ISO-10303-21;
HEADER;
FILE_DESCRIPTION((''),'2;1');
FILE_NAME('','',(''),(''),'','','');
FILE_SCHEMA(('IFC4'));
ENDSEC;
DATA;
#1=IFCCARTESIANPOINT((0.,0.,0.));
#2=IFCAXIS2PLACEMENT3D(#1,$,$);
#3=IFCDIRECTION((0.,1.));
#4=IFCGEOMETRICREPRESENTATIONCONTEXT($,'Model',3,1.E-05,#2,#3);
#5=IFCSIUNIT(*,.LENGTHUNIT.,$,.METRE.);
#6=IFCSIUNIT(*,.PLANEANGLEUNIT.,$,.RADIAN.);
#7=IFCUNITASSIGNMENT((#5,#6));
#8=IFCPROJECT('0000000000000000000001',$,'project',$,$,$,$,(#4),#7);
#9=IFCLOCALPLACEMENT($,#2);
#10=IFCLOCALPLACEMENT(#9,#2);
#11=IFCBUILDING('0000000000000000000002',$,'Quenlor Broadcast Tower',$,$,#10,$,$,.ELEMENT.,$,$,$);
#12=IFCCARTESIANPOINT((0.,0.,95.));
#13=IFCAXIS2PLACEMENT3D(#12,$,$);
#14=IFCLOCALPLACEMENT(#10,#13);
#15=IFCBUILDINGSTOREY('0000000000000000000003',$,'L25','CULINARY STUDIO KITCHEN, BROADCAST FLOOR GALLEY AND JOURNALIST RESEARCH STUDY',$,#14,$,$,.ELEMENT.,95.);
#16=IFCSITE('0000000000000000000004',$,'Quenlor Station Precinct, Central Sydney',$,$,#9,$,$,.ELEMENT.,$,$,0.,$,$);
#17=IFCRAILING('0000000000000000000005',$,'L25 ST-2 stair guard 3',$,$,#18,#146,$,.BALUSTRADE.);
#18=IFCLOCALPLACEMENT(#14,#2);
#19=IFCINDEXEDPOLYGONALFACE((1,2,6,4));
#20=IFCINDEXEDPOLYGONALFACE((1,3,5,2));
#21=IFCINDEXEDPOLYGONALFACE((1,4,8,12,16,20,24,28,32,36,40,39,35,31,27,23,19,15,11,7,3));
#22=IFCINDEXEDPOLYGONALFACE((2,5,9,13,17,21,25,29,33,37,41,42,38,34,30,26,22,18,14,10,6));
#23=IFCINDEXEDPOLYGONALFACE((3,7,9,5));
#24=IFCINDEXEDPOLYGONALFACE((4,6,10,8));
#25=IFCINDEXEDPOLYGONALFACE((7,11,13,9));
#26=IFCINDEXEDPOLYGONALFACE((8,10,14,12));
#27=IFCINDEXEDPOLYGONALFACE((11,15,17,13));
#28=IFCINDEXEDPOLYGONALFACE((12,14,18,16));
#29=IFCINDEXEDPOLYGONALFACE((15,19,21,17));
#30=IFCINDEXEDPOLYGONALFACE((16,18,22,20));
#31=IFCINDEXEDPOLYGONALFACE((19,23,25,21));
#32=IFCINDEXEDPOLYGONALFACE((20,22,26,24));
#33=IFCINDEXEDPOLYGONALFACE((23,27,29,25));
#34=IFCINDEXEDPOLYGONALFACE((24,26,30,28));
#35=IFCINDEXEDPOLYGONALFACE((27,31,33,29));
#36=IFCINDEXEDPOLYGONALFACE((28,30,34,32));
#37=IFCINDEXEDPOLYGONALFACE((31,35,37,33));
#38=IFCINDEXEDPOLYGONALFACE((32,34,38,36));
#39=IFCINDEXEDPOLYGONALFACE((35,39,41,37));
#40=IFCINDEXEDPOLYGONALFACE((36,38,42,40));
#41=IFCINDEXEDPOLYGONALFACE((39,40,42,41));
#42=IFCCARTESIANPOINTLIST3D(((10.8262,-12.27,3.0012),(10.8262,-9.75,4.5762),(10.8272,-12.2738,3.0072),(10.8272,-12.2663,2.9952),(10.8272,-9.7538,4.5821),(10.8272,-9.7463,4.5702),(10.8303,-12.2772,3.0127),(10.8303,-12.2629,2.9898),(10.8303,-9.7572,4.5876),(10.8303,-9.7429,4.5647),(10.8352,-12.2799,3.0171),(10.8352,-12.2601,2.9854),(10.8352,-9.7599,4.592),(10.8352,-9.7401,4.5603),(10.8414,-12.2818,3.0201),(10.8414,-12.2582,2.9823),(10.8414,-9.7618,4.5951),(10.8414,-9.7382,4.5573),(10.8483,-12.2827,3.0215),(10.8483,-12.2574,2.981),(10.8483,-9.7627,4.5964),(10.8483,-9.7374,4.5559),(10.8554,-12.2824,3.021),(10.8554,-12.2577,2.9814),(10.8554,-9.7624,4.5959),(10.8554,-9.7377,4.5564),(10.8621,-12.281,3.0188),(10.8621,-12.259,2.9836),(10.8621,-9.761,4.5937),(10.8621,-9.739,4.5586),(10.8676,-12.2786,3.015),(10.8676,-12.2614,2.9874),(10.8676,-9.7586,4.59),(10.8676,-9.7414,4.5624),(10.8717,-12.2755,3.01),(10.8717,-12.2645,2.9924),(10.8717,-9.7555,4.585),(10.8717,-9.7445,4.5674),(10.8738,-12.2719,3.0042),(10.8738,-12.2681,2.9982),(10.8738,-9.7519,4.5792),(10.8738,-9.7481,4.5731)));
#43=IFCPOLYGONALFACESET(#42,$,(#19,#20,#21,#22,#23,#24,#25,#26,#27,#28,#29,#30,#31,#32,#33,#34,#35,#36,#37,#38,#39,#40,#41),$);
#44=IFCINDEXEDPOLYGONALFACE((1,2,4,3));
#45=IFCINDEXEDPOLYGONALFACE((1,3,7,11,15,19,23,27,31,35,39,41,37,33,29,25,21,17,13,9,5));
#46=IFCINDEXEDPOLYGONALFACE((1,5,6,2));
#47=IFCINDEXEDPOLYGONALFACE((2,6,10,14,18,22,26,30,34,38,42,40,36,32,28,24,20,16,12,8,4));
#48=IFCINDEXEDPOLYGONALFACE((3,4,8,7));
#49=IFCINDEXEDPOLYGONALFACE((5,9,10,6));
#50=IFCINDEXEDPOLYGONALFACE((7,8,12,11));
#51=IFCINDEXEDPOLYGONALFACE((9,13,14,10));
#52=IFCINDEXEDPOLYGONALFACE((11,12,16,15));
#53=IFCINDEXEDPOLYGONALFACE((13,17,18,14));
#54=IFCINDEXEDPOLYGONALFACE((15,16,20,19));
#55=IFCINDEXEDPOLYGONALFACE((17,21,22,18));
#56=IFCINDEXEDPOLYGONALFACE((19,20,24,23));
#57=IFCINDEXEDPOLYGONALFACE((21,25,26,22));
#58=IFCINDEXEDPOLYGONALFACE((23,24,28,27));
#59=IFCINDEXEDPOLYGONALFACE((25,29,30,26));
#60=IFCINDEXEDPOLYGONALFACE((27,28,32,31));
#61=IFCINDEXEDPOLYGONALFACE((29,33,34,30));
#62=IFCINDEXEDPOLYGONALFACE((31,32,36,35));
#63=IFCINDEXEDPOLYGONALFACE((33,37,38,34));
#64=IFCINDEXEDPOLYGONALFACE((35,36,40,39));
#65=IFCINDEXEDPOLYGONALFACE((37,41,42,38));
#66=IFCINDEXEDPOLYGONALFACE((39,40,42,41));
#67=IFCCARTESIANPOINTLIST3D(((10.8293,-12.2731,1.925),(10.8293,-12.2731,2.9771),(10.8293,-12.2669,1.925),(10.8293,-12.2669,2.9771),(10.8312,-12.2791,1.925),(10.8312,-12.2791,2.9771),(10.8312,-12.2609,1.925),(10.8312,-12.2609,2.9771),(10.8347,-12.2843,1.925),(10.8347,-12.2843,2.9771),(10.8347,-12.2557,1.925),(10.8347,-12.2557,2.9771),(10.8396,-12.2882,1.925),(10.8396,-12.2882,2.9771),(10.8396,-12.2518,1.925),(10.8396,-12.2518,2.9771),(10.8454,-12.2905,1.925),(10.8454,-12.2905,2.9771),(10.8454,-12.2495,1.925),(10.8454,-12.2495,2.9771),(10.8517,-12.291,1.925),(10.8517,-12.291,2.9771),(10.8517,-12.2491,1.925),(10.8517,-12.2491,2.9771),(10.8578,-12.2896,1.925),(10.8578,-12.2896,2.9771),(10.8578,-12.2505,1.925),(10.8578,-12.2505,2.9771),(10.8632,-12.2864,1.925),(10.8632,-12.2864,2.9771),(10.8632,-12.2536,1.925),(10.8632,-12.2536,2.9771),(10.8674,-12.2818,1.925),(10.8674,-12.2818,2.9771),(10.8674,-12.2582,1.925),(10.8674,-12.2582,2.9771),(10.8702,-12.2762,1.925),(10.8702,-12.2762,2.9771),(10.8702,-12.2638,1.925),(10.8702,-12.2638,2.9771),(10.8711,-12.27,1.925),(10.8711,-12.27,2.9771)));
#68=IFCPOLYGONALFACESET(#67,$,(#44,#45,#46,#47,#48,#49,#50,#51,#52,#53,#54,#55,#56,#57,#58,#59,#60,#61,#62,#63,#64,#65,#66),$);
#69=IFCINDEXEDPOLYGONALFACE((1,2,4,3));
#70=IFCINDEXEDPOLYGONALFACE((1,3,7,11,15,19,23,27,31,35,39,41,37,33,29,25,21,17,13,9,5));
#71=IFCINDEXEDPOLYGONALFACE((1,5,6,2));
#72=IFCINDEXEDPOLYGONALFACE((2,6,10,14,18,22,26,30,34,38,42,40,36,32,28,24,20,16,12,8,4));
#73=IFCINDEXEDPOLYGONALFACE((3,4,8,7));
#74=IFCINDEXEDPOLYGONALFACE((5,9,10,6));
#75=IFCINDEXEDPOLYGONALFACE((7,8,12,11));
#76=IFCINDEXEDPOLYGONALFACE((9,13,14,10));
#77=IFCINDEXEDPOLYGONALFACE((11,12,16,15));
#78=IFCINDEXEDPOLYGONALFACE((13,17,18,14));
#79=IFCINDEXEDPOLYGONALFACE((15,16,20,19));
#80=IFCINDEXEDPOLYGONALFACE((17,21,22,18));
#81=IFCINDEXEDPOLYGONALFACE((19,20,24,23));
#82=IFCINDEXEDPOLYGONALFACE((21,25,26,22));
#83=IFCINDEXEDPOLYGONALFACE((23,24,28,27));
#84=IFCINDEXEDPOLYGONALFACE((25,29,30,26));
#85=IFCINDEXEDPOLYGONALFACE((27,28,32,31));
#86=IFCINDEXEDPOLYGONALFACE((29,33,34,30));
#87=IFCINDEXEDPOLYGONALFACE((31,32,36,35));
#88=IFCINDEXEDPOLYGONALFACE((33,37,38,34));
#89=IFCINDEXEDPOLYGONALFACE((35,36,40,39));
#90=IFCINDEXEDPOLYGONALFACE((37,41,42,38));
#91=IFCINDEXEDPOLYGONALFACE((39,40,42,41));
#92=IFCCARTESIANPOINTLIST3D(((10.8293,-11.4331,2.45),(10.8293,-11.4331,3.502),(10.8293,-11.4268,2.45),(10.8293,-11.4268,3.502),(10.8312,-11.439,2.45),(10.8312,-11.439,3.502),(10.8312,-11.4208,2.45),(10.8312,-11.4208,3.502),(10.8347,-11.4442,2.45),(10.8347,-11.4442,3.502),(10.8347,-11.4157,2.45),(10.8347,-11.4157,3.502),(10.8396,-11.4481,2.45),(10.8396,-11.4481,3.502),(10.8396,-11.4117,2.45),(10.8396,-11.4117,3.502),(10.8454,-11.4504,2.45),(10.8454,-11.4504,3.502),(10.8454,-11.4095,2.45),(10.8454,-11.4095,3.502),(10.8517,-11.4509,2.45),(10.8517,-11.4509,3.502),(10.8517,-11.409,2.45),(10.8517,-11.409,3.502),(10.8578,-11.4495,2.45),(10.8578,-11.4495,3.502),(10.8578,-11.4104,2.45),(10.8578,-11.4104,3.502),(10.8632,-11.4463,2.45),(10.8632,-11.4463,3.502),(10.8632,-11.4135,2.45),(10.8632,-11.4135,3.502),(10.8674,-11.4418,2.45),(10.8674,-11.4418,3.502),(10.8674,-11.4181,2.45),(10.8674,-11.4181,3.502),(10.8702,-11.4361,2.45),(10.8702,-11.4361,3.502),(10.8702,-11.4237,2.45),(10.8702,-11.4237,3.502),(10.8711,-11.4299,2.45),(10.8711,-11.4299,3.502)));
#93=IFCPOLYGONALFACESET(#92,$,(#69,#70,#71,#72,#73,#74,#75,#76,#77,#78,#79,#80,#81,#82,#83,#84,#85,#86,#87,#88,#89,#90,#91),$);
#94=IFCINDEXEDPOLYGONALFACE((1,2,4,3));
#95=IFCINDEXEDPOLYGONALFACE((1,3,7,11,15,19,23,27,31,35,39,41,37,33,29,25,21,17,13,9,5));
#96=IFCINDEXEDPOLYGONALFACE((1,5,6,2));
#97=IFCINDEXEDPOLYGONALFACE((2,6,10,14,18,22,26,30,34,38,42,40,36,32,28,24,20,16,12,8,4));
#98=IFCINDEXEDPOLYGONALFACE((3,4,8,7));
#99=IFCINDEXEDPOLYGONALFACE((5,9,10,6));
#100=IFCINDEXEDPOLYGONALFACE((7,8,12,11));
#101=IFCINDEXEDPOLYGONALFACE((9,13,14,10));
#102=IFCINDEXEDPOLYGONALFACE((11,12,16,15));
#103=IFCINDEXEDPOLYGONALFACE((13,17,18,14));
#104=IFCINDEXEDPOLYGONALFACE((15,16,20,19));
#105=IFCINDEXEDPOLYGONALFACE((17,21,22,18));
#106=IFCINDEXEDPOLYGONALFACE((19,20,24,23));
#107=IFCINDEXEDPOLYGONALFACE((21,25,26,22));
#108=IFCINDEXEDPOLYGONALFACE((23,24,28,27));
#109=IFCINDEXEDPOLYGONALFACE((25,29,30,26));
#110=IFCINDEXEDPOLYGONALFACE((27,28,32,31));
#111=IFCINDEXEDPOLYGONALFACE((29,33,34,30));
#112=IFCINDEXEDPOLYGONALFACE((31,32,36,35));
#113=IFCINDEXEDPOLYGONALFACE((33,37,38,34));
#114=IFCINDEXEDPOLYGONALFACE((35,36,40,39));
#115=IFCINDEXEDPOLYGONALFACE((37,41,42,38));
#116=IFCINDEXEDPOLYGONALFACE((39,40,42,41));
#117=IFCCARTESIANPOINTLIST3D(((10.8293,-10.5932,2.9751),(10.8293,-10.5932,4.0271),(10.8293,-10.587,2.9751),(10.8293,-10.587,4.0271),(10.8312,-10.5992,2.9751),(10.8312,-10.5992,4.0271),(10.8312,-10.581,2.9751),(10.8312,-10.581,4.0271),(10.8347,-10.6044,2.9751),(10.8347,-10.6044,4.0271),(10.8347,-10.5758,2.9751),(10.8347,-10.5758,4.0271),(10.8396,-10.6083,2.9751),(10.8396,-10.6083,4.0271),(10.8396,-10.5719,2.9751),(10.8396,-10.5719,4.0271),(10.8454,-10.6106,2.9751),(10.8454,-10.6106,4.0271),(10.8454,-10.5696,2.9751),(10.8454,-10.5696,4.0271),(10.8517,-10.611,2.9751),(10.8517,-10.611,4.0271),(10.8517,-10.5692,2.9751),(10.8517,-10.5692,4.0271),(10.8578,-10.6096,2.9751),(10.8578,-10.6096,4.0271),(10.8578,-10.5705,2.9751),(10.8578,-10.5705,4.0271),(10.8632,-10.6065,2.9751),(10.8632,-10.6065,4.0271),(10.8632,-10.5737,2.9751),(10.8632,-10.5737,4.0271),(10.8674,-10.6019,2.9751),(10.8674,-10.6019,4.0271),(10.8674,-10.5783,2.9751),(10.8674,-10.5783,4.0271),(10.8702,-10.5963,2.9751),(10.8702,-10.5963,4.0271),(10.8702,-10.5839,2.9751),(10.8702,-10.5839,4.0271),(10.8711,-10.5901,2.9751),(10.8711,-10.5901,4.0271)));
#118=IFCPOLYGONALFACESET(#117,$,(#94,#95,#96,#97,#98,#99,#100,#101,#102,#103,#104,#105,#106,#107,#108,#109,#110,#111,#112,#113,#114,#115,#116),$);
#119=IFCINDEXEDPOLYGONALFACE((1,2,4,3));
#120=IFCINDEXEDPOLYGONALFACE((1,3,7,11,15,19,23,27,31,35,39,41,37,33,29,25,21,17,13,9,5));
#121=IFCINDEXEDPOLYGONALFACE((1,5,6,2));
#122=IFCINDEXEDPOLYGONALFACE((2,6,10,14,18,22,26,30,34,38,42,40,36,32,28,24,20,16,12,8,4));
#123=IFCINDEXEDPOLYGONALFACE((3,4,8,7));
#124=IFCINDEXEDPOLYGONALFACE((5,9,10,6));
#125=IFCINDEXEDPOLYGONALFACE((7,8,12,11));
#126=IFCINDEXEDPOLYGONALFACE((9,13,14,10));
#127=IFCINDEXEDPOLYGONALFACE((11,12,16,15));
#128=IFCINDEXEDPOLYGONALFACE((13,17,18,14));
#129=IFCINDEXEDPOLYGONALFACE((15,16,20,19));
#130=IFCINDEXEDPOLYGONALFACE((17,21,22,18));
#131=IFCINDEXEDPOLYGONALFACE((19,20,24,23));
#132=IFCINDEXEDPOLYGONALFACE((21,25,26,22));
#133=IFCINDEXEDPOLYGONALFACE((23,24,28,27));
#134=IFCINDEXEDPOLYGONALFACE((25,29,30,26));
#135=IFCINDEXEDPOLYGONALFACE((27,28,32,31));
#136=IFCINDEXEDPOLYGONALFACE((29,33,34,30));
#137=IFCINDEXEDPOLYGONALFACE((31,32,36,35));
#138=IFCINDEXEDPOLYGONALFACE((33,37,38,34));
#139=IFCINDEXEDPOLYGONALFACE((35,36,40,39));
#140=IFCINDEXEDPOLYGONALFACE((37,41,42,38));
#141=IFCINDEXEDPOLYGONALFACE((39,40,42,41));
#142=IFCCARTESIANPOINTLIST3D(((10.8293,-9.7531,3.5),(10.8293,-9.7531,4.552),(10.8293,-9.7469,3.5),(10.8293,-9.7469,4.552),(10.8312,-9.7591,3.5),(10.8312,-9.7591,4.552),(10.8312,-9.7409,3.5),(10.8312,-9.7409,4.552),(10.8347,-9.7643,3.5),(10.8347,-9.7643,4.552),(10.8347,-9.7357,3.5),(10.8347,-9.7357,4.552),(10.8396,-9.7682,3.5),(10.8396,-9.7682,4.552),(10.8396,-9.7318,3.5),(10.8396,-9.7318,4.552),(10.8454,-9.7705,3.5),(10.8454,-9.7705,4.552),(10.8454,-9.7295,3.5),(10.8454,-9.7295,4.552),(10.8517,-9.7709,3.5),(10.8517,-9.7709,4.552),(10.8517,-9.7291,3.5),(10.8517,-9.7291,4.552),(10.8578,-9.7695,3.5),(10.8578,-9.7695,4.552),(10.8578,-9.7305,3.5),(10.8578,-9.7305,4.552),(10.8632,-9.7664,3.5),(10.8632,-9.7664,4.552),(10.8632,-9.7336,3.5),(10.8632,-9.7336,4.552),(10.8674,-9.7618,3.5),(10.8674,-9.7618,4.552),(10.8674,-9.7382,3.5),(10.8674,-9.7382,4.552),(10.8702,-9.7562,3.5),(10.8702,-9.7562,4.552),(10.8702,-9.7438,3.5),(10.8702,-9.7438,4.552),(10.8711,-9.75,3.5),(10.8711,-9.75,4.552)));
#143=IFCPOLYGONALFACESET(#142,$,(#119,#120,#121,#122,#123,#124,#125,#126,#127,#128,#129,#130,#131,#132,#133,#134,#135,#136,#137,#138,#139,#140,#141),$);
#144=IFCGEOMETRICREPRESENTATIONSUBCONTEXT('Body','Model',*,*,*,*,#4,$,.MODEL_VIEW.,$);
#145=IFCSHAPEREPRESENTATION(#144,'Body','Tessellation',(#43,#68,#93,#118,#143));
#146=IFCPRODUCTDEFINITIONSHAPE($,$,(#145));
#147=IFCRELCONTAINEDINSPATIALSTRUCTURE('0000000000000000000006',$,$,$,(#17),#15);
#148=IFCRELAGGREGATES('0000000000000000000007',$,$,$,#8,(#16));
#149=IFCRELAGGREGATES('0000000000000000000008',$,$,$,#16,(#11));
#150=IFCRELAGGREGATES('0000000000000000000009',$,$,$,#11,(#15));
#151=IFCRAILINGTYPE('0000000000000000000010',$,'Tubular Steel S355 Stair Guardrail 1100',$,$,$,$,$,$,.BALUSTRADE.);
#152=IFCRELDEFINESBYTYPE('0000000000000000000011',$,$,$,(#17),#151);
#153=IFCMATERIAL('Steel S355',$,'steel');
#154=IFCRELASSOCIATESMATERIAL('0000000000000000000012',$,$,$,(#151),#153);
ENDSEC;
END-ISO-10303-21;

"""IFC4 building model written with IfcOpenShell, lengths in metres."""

from ifc_helpers import new_model, si_unit, direction, frame, origin, origin_2d, place, context, subcontext, project, spatial, circle, extrude, material, type_object, element, save


model = new_model("IFC4")

# Units and contexts
model_context = context("Model", 3, precision=1e-05, world=origin(), true_north=direction((0.0, 1.0)))
body_context = subcontext(model_context, "Body", "Model", "MODEL_VIEW")
ifc_project = project(units=[si_unit("LENGTHUNIT", "METRE"), si_unit("PLANEANGLEUNIT", "RADIAN")], contexts=[model_context])

# Site, building, storey
site_placement = place(None, origin())
site = spatial("IfcSite", under=ifc_project, at=site_placement, Name="Quenlor Station Precinct, Central Sydney", CompositionType="ELEMENT", RefElevation=0.0)
building_placement = place(site_placement, origin())
building = spatial("IfcBuilding", under=site, at=building_placement, Name="Quenlor Broadcast Tower", CompositionType="ELEMENT")
storey_placement = place(building_placement, frame((0.0, 0.0, 95.0)))
storey = spatial("IfcBuildingStorey", under=building, at=storey_placement, Name="L25", Description="CULINARY STUDIO KITCHEN, BROADCAST FLOOR GALLEY AND JOURNALIST RESEARCH STUDY", CompositionType="ELEMENT", Elevation=95.0)

# Railing
ifc_material_1 = material(Name="Steel S355", Category="steel")
railing_type_1 = type_object("IfcRailingType", Name="Tubular Steel S355 Stair Guardrail 1100", PredefinedType="BALUSTRADE", material=ifc_material_1)
railing_1_placement = place(storey_placement, frame((10.8501, -12.27, 1.925)))
element("IfcRailing", 1, at=railing_1_placement, inside=storey, type_object=railing_type_1, Name="L25 ST-2 stair guard 3", PredefinedType="BALUSTRADE", context=body_context, shape_type="SweptSolid", body=[
    extrude(circle(Radius=0.0239, at=origin_2d()), frame((0.0, 0.0, 1.0762), z_axis=(0.0, 0.848008, 0.529984), x_axis=(-1.0, 0.0, 0.0)), (0.0, 0.0, 1.0), 2.9717),
    extrude(circle(Radius=0.021, at=origin_2d()), origin(), (0.0, 0.0, 1.0), 1.052),
    extrude(circle(Radius=0.021, at=origin_2d()), frame((0.0, 0.8401, 0.5249)), (0.0, 0.0, 1.0), 1.052),
    extrude(circle(Radius=0.021, at=origin_2d()), frame((0.0, 1.6799, 1.05)), (0.0, 0.0, 1.0), 1.052),
    extrude(circle(Radius=0.021, at=origin_2d()), frame((0.0, 2.52, 1.575)), (0.0, 0.0, 1.0), 1.052),
])

save(model, "model.ifc")
